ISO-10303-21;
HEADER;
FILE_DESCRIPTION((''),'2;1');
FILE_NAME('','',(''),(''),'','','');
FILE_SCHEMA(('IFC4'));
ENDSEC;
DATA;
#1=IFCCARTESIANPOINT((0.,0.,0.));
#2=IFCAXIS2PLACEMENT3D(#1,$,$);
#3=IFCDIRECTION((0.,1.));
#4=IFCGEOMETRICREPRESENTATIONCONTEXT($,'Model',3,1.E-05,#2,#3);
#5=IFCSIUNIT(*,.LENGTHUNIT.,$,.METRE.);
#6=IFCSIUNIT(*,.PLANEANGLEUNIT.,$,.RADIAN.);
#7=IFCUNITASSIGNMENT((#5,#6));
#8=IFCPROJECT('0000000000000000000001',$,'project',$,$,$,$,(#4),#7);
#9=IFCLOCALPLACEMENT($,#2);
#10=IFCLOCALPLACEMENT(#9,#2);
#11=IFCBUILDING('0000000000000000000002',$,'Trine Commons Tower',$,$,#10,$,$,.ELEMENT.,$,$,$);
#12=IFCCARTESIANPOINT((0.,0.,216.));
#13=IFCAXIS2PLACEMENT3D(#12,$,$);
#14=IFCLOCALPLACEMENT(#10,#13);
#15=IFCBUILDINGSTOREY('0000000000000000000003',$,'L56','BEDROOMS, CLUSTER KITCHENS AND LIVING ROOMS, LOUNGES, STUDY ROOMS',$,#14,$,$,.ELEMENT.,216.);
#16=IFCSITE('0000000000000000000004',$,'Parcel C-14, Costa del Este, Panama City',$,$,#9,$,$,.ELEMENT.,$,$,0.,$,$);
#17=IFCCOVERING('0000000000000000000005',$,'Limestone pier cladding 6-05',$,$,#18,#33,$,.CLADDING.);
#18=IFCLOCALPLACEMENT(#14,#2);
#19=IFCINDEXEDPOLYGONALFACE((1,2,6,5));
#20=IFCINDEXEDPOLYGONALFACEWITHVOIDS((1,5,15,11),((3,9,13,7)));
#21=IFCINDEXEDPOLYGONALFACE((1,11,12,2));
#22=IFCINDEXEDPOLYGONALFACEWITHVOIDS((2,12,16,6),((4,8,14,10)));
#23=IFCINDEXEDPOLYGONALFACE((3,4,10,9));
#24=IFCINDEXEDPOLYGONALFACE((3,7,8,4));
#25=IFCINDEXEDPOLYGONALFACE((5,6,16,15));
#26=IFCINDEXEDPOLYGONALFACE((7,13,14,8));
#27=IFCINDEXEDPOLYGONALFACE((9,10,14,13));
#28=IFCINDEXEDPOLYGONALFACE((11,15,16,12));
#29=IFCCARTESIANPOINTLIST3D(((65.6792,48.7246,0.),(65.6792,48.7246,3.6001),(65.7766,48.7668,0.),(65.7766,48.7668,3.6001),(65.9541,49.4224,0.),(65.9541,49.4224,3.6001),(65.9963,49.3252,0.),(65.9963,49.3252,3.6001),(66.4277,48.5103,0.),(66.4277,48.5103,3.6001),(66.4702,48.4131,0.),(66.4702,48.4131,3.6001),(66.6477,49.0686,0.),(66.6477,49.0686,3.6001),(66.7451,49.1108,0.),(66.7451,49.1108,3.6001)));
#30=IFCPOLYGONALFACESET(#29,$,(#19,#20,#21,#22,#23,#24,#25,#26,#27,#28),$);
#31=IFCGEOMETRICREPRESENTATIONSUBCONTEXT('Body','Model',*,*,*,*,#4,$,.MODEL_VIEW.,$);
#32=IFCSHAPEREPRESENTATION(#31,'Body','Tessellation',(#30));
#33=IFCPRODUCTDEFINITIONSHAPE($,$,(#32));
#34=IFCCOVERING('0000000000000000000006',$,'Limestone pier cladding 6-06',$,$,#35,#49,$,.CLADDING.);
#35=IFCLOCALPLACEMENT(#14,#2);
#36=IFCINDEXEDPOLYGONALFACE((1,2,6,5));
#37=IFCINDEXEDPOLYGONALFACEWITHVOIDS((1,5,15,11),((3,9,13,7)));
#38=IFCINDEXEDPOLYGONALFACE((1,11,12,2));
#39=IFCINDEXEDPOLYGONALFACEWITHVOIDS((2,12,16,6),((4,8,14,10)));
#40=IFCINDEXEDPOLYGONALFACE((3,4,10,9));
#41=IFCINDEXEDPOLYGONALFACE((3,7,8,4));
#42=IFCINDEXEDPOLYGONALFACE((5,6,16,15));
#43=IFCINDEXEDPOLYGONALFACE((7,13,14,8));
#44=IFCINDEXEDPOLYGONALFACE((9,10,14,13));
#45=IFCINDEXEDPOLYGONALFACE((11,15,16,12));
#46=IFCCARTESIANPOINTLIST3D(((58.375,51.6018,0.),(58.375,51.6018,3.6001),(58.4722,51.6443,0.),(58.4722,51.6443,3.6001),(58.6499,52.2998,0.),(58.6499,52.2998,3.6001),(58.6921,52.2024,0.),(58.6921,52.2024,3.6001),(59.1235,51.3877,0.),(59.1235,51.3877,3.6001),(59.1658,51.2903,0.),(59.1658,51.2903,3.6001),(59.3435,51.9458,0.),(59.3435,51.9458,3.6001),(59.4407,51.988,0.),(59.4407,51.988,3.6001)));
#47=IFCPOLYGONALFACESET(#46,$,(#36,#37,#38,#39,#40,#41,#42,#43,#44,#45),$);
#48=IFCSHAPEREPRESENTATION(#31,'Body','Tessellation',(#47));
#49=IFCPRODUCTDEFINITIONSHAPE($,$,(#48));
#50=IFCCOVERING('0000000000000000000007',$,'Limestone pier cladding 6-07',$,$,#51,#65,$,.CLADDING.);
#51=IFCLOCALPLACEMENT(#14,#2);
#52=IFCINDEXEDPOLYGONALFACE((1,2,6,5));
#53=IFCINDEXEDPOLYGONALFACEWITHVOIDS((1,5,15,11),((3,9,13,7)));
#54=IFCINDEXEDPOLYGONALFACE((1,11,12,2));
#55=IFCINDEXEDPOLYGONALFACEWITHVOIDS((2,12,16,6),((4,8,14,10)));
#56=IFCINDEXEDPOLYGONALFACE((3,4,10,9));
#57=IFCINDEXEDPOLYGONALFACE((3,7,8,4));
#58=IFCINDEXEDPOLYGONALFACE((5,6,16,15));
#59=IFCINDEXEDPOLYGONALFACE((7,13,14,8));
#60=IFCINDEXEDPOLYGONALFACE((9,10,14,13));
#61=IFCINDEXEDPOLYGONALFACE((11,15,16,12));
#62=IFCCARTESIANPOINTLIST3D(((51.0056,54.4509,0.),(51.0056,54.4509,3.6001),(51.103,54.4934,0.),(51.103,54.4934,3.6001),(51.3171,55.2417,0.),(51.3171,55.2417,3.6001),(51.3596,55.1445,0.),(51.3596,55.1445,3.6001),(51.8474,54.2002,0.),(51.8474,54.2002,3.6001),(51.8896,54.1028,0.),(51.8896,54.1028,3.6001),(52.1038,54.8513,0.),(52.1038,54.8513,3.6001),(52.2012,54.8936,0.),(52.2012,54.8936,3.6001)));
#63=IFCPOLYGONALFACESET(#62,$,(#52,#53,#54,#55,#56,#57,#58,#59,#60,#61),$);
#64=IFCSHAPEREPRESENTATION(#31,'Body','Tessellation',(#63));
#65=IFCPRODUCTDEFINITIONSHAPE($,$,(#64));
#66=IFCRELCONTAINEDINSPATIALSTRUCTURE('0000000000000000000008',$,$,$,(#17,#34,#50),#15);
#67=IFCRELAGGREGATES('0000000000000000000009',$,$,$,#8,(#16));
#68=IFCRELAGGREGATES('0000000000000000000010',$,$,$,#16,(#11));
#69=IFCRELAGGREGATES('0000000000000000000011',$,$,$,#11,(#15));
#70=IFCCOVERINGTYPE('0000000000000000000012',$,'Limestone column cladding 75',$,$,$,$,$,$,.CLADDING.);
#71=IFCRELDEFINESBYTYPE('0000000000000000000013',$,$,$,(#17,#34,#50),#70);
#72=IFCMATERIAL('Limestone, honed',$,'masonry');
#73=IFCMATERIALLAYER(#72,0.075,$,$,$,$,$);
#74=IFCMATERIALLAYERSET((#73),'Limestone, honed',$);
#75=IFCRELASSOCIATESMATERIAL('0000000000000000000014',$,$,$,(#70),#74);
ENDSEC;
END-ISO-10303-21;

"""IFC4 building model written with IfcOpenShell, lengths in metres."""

from ifc_helpers import new_model, si_unit, direction, frame, origin, place, context, subcontext, project, spatial, polyline, outline, extrude, material, layer, layer_set, type_object, element, save


model = new_model("IFC4")

# Units and contexts
model_context = context("Model", 3, precision=1e-05, world=origin(), true_north=direction((0.0, 1.0)))
body_context = subcontext(model_context, "Body", "Model", "MODEL_VIEW")
ifc_project = project(units=[si_unit("LENGTHUNIT", "METRE"), si_unit("PLANEANGLEUNIT", "RADIAN")], contexts=[model_context])

# Site, building, storey
site_placement = place(None, origin())
site = spatial("IfcSite", under=ifc_project, at=site_placement, Name="Parcel C-14, Costa del Este, Panama City", CompositionType="ELEMENT", RefElevation=0.0)
building_placement = place(site_placement, origin())
building = spatial("IfcBuilding", under=site, at=building_placement, Name="Trine Commons Tower", CompositionType="ELEMENT")
storey_placement = place(building_placement, frame((0.0, 0.0, 216.0)))
storey = spatial("IfcBuildingStorey", under=building, at=storey_placement, Name="L56", Description="BEDROOMS, CLUSTER KITCHENS AND LIVING ROOMS, LOUNGES, STUDY ROOMS", CompositionType="ELEMENT", Elevation=216.0)

# Coverings
ifc_material_1 = material(Name="Limestone, honed", Category="masonry")
ifc_layer_1 = layer(ifc_material_1, 0.075)
ifc_layer_set_1 = layer_set([ifc_layer_1], Name="Limestone, honed")
covering_type_1 = type_object("IfcCoveringType", Name="Limestone column cladding 75", PredefinedType="CLADDING", material=ifc_layer_set_1)
covering_1_placement = place(storey_placement, origin())
element("IfcCovering", 1, at=covering_1_placement, inside=storey, type_object=covering_type_1, Name="Limestone pier cladding 6-05", PredefinedType="CLADDING", context=body_context, shape_type="SweptSolid", body=[
    extrude(outline(polyline([(65.9541, 49.4224), (65.6792, 48.7246), (66.4702, 48.4131), (66.7451, 49.1108), (65.9541, 49.4224)]), holes=[polyline([(65.9963, 49.3252), (65.7766, 48.7668), (66.4277, 48.5103), (66.6477, 49.0686), (65.9963, 49.3252)])]), origin(), (0.0, 0.0, 1.0), 3.6001),
])
covering_2_placement = place(storey_placement, origin())
element("IfcCovering", 2, at=covering_2_placement, inside=storey, type_object=covering_type_1, Name="Limestone pier cladding 6-06", PredefinedType="CLADDING", context=body_context, shape_type="SweptSolid", body=[
    extrude(outline(polyline([(58.6499, 52.2998), (58.375, 51.6018), (59.1658, 51.2903), (59.4407, 51.988), (58.6499, 52.2998)]), holes=[polyline([(58.6921, 52.2024), (58.4722, 51.6443), (59.1235, 51.3877), (59.3435, 51.9458), (58.6921, 52.2024)])]), origin(), (0.0, 0.0, 1.0), 3.6001),
])
covering_3_placement = place(storey_placement, origin())
element("IfcCovering", 3, at=covering_3_placement, inside=storey, type_object=covering_type_1, Name="Limestone pier cladding 6-07", PredefinedType="CLADDING", context=body_context, shape_type="SweptSolid", body=[
    extrude(outline(polyline([(51.3171, 55.2417), (51.0056, 54.4509), (51.8896, 54.1028), (52.2012, 54.8936), (51.3171, 55.2417)]), holes=[polyline([(51.3596, 55.1445), (51.103, 54.4934), (51.8474, 54.2002), (52.1038, 54.8513), (51.3596, 55.1445)])]), origin(), (0.0, 0.0, 1.0), 3.6001),
])

save(model, "model.ifc")
